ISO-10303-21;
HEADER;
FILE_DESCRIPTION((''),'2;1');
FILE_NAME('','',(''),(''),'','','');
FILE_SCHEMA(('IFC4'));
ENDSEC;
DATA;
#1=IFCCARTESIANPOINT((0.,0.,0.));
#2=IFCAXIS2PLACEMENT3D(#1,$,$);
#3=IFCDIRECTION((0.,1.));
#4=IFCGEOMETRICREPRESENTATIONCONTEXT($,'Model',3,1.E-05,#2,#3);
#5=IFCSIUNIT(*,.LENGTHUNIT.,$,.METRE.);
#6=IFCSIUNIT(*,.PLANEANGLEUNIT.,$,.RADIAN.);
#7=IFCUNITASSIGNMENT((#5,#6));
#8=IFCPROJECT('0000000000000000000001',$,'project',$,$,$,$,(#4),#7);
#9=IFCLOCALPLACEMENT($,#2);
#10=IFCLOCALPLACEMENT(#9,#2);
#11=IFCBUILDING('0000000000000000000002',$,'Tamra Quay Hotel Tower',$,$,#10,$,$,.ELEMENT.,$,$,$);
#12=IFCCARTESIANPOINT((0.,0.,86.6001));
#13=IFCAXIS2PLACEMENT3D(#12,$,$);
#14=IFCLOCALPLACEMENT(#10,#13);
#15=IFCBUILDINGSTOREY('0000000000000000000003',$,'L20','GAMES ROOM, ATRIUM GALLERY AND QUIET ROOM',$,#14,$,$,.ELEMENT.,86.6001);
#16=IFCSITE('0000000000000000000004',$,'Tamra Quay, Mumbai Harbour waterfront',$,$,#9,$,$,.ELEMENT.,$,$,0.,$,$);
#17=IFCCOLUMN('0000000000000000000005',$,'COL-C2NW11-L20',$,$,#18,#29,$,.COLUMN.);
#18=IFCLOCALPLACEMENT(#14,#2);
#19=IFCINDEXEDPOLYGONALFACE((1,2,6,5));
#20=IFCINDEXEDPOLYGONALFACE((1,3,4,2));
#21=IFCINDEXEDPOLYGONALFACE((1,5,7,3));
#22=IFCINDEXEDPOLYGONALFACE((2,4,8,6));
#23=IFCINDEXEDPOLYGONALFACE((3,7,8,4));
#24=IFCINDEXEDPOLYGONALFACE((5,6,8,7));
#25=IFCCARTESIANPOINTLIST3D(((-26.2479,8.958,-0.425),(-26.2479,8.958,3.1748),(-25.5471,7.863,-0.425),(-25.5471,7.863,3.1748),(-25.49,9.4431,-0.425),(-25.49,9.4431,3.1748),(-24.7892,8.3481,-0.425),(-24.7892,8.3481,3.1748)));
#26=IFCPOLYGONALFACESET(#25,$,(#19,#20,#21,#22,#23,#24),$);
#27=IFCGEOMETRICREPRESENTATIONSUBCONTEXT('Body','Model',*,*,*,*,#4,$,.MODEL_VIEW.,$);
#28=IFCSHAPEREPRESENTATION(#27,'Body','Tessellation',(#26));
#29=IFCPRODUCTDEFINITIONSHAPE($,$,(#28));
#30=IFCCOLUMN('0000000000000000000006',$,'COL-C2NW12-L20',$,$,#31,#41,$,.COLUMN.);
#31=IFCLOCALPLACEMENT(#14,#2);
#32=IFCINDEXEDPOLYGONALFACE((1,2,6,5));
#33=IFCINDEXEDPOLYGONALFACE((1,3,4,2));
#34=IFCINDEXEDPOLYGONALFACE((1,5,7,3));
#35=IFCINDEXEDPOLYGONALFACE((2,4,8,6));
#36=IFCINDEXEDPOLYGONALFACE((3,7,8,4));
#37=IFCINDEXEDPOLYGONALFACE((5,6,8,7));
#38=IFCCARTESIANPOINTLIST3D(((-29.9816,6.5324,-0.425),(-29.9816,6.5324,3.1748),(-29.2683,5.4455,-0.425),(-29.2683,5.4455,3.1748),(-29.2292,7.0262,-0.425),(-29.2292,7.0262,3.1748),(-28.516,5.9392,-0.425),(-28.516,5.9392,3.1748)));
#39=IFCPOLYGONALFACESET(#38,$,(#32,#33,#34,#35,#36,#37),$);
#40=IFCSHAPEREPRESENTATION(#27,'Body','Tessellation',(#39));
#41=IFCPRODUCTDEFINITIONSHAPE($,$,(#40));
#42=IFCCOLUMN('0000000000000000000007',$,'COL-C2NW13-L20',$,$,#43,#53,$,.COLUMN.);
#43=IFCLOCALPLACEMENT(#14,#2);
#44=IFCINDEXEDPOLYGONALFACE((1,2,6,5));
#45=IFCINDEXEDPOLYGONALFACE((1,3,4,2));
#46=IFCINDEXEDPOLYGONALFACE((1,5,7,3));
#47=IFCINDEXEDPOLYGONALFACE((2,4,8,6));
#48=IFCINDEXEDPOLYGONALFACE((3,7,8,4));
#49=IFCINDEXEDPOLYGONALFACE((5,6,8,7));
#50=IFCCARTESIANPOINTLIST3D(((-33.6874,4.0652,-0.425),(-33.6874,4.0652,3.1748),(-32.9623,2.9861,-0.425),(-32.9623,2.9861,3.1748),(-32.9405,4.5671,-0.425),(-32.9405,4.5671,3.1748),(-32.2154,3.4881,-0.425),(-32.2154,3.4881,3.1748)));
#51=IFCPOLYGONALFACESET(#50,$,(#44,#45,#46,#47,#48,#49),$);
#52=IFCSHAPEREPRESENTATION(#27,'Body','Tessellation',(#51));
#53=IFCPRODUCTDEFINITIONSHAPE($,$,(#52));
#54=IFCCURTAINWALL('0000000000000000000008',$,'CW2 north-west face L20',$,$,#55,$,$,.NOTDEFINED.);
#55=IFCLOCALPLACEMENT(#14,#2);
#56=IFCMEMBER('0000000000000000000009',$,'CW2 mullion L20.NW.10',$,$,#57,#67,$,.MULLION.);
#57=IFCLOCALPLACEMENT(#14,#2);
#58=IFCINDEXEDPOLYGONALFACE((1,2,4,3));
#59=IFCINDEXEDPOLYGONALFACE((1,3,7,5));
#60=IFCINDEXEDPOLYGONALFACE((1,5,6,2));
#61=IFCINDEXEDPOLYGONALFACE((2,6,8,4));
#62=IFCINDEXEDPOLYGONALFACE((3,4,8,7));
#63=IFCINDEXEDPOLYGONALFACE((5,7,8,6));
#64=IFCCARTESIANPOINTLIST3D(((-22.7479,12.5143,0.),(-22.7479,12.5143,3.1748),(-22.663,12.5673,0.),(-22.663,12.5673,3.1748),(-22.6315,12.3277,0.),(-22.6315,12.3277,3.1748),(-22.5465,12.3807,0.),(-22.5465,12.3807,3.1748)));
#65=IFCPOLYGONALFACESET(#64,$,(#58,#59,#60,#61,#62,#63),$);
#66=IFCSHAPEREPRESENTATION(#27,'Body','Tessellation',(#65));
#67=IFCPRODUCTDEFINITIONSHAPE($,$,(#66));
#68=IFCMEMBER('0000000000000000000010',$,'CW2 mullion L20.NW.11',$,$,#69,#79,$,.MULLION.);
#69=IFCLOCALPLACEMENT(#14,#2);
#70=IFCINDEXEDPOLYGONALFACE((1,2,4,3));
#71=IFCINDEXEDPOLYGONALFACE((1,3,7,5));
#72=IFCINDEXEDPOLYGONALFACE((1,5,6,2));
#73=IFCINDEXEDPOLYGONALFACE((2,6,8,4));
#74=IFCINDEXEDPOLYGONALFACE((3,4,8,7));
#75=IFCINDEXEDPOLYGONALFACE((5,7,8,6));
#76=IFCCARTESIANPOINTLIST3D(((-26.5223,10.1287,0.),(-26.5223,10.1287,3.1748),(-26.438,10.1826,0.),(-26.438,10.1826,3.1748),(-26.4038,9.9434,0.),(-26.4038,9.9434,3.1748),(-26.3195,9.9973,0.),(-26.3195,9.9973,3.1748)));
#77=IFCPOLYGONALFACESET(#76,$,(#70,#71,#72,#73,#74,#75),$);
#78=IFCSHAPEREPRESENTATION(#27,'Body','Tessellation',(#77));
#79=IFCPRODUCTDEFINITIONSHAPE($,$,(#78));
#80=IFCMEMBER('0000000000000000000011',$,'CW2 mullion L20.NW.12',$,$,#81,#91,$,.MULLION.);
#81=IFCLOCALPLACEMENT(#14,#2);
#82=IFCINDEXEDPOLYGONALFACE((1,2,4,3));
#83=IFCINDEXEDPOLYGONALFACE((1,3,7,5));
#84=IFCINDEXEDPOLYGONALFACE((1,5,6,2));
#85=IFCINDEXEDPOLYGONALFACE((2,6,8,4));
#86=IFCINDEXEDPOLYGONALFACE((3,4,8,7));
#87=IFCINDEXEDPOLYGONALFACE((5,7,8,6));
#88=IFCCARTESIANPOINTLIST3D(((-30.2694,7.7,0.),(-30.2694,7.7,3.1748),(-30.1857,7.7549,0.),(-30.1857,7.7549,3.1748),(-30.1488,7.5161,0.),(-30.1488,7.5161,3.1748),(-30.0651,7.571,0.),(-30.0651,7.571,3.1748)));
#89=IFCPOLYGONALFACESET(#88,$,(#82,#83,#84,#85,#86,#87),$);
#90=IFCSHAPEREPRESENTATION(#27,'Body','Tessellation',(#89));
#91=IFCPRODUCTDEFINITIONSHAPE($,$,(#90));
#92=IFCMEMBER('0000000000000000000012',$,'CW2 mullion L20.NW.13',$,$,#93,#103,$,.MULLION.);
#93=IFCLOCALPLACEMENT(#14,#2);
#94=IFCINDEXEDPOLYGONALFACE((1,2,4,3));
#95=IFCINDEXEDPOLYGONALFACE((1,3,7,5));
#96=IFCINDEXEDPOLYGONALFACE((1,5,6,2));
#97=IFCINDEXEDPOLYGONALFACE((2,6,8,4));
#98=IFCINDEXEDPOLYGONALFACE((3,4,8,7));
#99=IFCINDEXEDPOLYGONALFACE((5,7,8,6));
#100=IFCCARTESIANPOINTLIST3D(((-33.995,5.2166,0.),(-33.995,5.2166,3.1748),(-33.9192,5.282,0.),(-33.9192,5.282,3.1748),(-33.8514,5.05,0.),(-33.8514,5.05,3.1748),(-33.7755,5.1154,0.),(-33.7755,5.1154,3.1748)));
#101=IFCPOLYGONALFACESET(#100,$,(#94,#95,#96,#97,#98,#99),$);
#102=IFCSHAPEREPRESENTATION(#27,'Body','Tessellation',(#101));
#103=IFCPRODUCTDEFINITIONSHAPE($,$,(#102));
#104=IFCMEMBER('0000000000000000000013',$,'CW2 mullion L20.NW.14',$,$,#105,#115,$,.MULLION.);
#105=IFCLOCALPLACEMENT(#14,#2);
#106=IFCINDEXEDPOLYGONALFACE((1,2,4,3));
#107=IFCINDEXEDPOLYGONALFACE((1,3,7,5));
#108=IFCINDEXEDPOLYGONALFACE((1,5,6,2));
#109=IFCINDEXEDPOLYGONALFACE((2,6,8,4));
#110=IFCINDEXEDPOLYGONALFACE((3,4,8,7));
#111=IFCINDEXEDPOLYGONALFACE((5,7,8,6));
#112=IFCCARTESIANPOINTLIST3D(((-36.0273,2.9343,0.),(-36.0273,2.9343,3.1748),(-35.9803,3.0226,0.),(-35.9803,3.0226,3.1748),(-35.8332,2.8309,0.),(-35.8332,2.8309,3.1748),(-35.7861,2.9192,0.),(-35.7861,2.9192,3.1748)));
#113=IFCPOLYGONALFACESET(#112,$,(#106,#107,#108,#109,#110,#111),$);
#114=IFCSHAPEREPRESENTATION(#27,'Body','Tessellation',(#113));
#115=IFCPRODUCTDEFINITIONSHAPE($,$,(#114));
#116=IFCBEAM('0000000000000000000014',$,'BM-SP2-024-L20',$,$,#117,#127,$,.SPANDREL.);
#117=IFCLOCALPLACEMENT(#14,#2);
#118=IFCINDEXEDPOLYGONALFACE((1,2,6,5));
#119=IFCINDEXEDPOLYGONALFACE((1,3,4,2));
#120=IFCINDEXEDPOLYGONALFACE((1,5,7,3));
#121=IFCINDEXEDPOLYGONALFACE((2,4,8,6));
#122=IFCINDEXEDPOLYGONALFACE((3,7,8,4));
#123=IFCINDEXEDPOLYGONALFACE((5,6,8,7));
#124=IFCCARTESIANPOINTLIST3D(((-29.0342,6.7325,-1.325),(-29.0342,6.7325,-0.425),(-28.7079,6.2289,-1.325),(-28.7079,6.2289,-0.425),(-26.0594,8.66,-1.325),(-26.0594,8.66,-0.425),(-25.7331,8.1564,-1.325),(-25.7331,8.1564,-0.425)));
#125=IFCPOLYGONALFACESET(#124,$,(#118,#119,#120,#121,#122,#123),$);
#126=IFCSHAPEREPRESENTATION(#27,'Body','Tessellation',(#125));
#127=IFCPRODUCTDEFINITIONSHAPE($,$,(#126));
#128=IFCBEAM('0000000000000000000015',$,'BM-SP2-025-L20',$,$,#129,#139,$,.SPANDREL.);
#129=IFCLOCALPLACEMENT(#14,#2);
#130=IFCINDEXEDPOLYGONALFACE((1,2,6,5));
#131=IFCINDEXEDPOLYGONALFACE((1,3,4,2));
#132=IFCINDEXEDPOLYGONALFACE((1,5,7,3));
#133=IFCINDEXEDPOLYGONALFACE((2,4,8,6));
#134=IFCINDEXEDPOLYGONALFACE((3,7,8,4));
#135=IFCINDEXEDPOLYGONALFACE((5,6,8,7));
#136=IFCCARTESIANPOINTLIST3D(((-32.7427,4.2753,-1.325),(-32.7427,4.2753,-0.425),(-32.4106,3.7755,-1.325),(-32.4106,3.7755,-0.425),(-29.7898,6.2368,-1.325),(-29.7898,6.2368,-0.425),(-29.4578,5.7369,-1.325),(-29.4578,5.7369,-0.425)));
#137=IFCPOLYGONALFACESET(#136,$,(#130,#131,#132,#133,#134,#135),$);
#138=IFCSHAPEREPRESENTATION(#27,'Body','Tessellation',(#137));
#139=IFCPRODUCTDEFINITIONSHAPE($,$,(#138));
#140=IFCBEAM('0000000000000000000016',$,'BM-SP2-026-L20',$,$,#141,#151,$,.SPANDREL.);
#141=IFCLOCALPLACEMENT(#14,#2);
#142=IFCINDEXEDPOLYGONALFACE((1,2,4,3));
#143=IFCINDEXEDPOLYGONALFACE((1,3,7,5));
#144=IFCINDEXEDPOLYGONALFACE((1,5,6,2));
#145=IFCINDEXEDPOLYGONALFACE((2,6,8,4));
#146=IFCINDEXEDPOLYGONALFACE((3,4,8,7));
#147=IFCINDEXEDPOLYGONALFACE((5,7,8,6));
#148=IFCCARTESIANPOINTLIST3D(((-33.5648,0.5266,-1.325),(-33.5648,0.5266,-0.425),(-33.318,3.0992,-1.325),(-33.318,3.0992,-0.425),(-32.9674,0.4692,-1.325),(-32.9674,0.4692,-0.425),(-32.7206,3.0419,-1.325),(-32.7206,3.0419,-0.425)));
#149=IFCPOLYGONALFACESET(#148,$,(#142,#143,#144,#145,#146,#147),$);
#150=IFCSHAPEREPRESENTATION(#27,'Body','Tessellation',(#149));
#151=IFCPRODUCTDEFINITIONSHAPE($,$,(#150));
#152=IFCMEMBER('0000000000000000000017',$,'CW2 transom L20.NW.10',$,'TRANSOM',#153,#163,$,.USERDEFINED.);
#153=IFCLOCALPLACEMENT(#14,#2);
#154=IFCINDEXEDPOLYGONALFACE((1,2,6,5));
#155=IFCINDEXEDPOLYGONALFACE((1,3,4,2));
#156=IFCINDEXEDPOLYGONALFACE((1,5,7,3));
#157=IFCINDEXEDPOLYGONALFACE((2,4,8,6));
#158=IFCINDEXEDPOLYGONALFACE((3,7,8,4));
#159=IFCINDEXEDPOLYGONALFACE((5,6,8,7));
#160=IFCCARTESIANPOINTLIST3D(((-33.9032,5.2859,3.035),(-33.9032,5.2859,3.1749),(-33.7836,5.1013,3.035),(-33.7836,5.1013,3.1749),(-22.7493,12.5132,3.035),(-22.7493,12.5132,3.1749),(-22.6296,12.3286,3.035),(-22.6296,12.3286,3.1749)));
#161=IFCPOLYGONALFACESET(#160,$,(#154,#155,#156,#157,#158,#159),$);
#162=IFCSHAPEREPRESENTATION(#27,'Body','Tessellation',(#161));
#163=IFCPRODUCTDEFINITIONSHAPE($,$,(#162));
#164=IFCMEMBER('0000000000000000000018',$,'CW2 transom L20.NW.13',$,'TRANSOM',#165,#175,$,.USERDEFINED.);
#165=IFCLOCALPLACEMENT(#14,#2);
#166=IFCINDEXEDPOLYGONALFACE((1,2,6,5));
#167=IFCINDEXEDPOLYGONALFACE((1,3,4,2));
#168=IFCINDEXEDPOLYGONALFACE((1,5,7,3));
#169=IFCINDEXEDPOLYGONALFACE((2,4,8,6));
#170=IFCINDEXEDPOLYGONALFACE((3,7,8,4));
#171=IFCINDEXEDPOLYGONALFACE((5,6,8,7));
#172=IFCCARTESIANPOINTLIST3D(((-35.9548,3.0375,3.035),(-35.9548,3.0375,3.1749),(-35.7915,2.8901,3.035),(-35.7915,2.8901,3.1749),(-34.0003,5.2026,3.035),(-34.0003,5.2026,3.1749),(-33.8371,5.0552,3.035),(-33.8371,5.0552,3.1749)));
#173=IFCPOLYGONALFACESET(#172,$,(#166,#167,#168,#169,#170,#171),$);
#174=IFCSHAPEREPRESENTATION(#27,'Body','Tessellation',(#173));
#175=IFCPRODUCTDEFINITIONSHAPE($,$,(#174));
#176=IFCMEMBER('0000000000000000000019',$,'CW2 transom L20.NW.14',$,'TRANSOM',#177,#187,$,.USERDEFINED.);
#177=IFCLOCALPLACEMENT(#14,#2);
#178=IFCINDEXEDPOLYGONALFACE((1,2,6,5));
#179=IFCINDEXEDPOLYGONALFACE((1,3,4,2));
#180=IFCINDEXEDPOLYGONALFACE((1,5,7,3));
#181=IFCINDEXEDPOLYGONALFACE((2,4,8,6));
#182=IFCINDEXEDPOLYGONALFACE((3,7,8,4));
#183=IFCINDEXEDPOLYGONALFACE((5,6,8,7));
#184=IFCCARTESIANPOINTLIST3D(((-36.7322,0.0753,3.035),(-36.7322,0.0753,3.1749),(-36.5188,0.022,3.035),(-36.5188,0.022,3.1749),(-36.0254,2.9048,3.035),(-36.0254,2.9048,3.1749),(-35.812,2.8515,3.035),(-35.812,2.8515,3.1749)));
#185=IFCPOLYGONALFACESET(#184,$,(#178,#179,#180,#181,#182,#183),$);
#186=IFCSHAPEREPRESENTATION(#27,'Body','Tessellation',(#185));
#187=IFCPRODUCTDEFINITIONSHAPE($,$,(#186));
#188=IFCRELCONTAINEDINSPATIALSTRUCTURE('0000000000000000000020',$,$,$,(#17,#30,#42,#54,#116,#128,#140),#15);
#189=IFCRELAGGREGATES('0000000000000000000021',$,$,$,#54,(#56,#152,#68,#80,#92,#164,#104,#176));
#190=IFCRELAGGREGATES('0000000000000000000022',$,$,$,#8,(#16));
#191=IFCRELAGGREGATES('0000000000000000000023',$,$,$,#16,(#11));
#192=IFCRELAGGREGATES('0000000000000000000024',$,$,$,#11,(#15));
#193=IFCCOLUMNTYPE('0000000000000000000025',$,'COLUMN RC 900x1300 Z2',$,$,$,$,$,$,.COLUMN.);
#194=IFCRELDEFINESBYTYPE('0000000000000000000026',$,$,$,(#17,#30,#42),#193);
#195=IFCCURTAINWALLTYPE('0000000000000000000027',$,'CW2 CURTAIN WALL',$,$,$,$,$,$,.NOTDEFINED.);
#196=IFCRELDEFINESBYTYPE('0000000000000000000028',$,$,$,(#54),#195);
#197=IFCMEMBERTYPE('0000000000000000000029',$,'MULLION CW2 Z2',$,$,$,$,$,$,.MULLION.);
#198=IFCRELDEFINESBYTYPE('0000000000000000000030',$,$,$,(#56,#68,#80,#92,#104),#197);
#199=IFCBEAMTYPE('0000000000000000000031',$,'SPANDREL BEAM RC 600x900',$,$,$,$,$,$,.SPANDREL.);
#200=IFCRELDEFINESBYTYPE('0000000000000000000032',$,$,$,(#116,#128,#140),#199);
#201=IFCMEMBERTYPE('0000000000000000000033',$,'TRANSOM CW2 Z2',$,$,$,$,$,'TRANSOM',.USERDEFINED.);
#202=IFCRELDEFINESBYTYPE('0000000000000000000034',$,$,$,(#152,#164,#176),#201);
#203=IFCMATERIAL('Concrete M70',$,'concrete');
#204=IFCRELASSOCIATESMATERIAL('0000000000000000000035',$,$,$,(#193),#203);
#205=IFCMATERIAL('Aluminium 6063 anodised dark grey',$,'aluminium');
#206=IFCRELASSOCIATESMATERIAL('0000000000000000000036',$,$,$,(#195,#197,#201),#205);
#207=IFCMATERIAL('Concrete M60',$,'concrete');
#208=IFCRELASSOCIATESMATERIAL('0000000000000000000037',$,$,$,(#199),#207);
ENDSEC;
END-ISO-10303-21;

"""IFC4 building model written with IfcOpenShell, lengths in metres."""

from ifc_helpers import new_model, si_unit, direction, frame, origin, origin_2d, place, context, subcontext, project, spatial, rectangle, extrude, material, material_profile, profile_set, type_object, element, aggregate, save


model = new_model("IFC4")

# Units and contexts
model_context = context("Model", 3, precision=1e-05, world=origin(), true_north=direction((0.0, 1.0)))
body_context = subcontext(model_context, "Body", "Model", "MODEL_VIEW")
ifc_project = project(units=[si_unit("LENGTHUNIT", "METRE"), si_unit("PLANEANGLEUNIT", "RADIAN")], contexts=[model_context])

# Site, building, storey
site_placement = place(None, origin())
site = spatial("IfcSite", under=ifc_project, at=site_placement, Name="Tamra Quay, Mumbai Harbour waterfront", CompositionType="ELEMENT", RefElevation=0.0)
building_placement = place(site_placement, origin())
building = spatial("IfcBuilding", under=site, at=building_placement, Name="Tamra Quay Hotel Tower", CompositionType="ELEMENT")
storey_placement = place(building_placement, frame((0.0, 0.0, 86.6001)))
storey = spatial("IfcBuildingStorey", under=building, at=storey_placement, Name="L20", Description="GAMES ROOM, ATRIUM GALLERY AND QUIET ROOM", CompositionType="ELEMENT", Elevation=86.6001)

# Columns
ifc_material_1 = material(Name="Concrete M70", Category="concrete")
ifc_material_profile_1 = material_profile(ifc_material_1, rectangle(XDim=1.3, YDim=0.8999, at=origin_2d()), Name="COLUMN RC 900x1300 Z2")
ifc_profile_set_1 = profile_set([ifc_material_profile_1], Name="Concrete M70")
column_type = type_object("IfcColumnType", Name="COLUMN RC 900x1300 Z2", PredefinedType="COLUMN", material=ifc_profile_set_1)
for number, where, z_axis, x_axis, name in (
    (1, (-25.5186, 8.6531, -0.425), (0.0, 0.0, 1.0), (-0.539065, 0.842264, 0.0), "COL-C2NW11-L20"),
    (2, (-29.2488, 6.2358, -0.425), (0.0, 0.0, 1.0), (-0.548641, 0.836058, 0.0), "COL-C2NW12-L20"),
    (3, (-32.9514, 3.7766, -0.425), (0.0, 0.0, 1.0), (-0.557767, 0.829998, 0.0), "COL-C2NW13-L20"),
):
    element("IfcColumn", number, at=place(storey_placement, frame(where, z_axis=z_axis, x_axis=x_axis)), inside=storey, type_object=column_type, Name=name, PredefinedType="COLUMN", context=body_context, shape_type="SweptSolid", body=[
        extrude(rectangle(XDim=1.3, YDim=0.8999, at=origin_2d()), origin(), (0.0, 0.0, 1.0), 3.5999),
    ])

# Curtain wall, members
ifc_material_2 = material(Name="Aluminium 6063 anodised dark grey", Category="aluminium")
curtain_wall_type = type_object("IfcCurtainWallType", Name="CW2 CURTAIN WALL", PredefinedType="NOTDEFINED", material=ifc_material_2)
curtain_wall_placement = place(storey_placement, origin())
curtain_wall = element("IfcCurtainWall", 4, at=curtain_wall_placement, inside=storey, type_object=curtain_wall_type, Name="CW2 north-west face L20", PredefinedType="NOTDEFINED")
ifc_material_profile_2 = material_profile(ifc_material_2, rectangle(XDim=0.22, YDim=0.1001, at=origin_2d()), Name="MULLION 100X220")
ifc_profile_set_2 = profile_set([ifc_material_profile_2], Name="Aluminium 6063 anodised dark grey")
member_type_1 = type_object("IfcMemberType", Name="MULLION CW2 Z2", PredefinedType="MULLION", material=ifc_profile_set_2)
member_1_placement = place(storey_placement, frame((-22.6472, 12.4475, 0.0), z_axis=(0.0, 0.0, 1.0), x_axis=(-0.529364, 0.848395, 0.0)))
member_1 = element("IfcMember", 5, at=member_1_placement, type_object=member_type_1, Name="CW2 mullion L20.NW.10", PredefinedType="MULLION", context=body_context, shape_type="SweptSolid", body=[
    extrude(rectangle(XDim=0.22, YDim=0.1001, at=origin_2d()), origin(), (0.0, 0.0, 1.0), 3.1748),
])
member_2_placement = place(storey_placement, frame((-26.4209, 10.063, 0.0), z_axis=(0.0, 0.0, 1.0), x_axis=(-0.538998, 0.842307, 0.0)))
member_2 = element("IfcMember", 6, at=member_2_placement, type_object=member_type_1, Name="CW2 mullion L20.NW.11", PredefinedType="MULLION", context=body_context, shape_type="SweptSolid", body=[
    extrude(rectangle(XDim=0.22, YDim=0.1001, at=origin_2d()), origin(), (0.0, 0.0, 1.0), 3.1748),
])
member_3_placement = place(storey_placement, frame((-30.1672, 7.6355, 0.0), z_axis=(0.0, 0.0, 1.0), x_axis=(-0.548547, 0.836119, 0.0)))
member_3 = element("IfcMember", 7, at=member_3_placement, type_object=member_type_1, Name="CW2 mullion L20.NW.12", PredefinedType="MULLION", context=body_context, shape_type="SweptSolid", body=[
    extrude(rectangle(XDim=0.22, YDim=0.1001, at=origin_2d()), origin(), (0.0, 0.0, 1.0), 3.1748),
])
member_4_placement = place(storey_placement, frame((-33.8853, 5.166, 0.0), z_axis=(0.0, 0.0, 1.0), x_axis=(-0.652887, 0.757455, 0.0)))
member_4 = element("IfcMember", 8, at=member_4_placement, type_object=member_type_1, Name="CW2 mullion L20.NW.13", PredefinedType="MULLION", context=body_context, shape_type="SweptSolid", body=[
    extrude(rectangle(XDim=0.22, YDim=0.1001, at=origin_2d()), origin(), (0.0, 0.0, 1.0), 3.1748),
])
member_5_placement = place(storey_placement, frame((-35.9067, 2.9268, 0.0), z_axis=(0.0, 0.0, 1.0), x_axis=(-0.882544, 0.47023, 0.0)))
member_5 = element("IfcMember", 9, at=member_5_placement, type_object=member_type_1, Name="CW2 mullion L20.NW.14", PredefinedType="MULLION", context=body_context, shape_type="SweptSolid", body=[
    extrude(rectangle(XDim=0.22, YDim=0.1001, at=origin_2d()), origin(), (0.0, 0.0, 1.0), 3.1748),
])

# Beams
ifc_material_3 = material(Name="Concrete M60", Category="concrete")
ifc_material_profile_3 = material_profile(ifc_material_3, rectangle(XDim=0.6001, YDim=0.8999, at=origin_2d()), Name="SPANDREL BEAM RC 600x900")
ifc_profile_set_3 = profile_set([ifc_material_profile_3], Name="Concrete M60")
beam_type = type_object("IfcBeamType", Name="SPANDREL BEAM RC 600x900", PredefinedType="SPANDREL", material=ifc_profile_set_3)
beam_1_placement = place(storey_placement, frame((-25.8962, 8.4082, -0.875), z_axis=(-0.839237, -0.543765, 0.0), x_axis=(0.543765, -0.839237, 0.0)))
element("IfcBeam", 10, at=beam_1_placement, inside=storey, type_object=beam_type, Name="BM-SP2-024-L20", PredefinedType="SPANDREL", context=body_context, shape_type="SweptSolid", body=[
    extrude(rectangle(XDim=0.6001, YDim=0.8999, at=origin_2d()), origin(), (0.0, 0.0, 1.0), 3.5447),
])
beam_2_placement = place(storey_placement, frame((-29.6238, 5.9868, -0.875), z_axis=(-0.832982, -0.553301, 0.0), x_axis=(0.553301, -0.832982, 0.0)))
element("IfcBeam", 11, at=beam_2_placement, inside=storey, type_object=beam_type, Name="BM-SP2-025-L20", PredefinedType="SPANDREL", context=body_context, shape_type="SweptSolid", body=[
    extrude(rectangle(XDim=0.6001, YDim=0.8999, at=origin_2d()), origin(), (0.0, 0.0, 1.0), 3.5449),
])
beam_3_placement = place(storey_placement, frame((-33.0193, 3.0706, -0.875), z_axis=(-0.0955, -0.995429, 0.0), x_axis=(0.995429, -0.0955, 0.0)))
element("IfcBeam", 12, at=beam_3_placement, inside=storey, type_object=beam_type, Name="BM-SP2-026-L20", PredefinedType="SPANDREL", context=body_context, shape_type="SweptSolid", body=[
    extrude(rectangle(XDim=0.6001, YDim=0.8999, at=origin_2d()), origin(), (0.0, 0.0, 1.0), 2.5845),
])

# Members
ifc_material_profile_4 = material_profile(ifc_material_2, rectangle(XDim=0.22, YDim=0.1399, at=origin_2d()), Name="TRANSOM 220X140")
ifc_profile_set_4 = profile_set([ifc_material_profile_4], Name="Aluminium 6063 anodised dark grey")
member_type_2 = type_object("IfcMemberType", Name="TRANSOM CW2 Z2", ElementType="TRANSOM", PredefinedType="USERDEFINED", material=ifc_profile_set_4)
member_6_placement = place(storey_placement, frame((-22.6895, 12.4209, 3.105), z_axis=(-0.839228, -0.54378, 0.0), x_axis=(0.54378, -0.839228, 0.0)))
member_6 = element("IfcMember", 13, at=member_6_placement, type_object=member_type_2, Name="CW2 transom L20.NW.10", ObjectType="TRANSOM", PredefinedType="USERDEFINED", context=body_context, shape_type="SweptSolid", body=[
    extrude(rectangle(XDim=0.22, YDim=0.1399, at=origin_2d()), origin(), (0.0, 0.0, 1.0), 13.2908),
])
member_7_placement = place(storey_placement, frame((-33.9187, 5.1289, 3.105), z_axis=(-0.670065, -0.742303, 0.0), x_axis=(0.742303, -0.670065, 0.0)))
member_7 = element("IfcMember", 14, at=member_7_placement, type_object=member_type_2, Name="CW2 transom L20.NW.13", ObjectType="TRANSOM", PredefinedType="USERDEFINED", context=body_context, shape_type="SweptSolid", body=[
    extrude(rectangle(XDim=0.22, YDim=0.1399, at=origin_2d()), origin(), (0.0, 0.0, 1.0), 2.9167),
])
member_8_placement = place(storey_placement, frame((-35.9187, 2.8782, 3.105), z_axis=(-0.242339, -0.970192, 0.0), x_axis=(0.970192, -0.242339, 0.0)))
member_8 = element("IfcMember", 15, at=member_8_placement, type_object=member_type_2, Name="CW2 transom L20.NW.14", ObjectType="TRANSOM", PredefinedType="USERDEFINED", context=body_context, shape_type="SweptSolid", body=[
    extrude(rectangle(XDim=0.22, YDim=0.1399, at=origin_2d()), origin(), (0.0, 0.0, 1.0), 2.9165),
])

aggregate(curtain_wall, [member_1, member_6, member_2, member_3, member_4, member_7, member_5, member_8])

save(model, "model.ifc")
